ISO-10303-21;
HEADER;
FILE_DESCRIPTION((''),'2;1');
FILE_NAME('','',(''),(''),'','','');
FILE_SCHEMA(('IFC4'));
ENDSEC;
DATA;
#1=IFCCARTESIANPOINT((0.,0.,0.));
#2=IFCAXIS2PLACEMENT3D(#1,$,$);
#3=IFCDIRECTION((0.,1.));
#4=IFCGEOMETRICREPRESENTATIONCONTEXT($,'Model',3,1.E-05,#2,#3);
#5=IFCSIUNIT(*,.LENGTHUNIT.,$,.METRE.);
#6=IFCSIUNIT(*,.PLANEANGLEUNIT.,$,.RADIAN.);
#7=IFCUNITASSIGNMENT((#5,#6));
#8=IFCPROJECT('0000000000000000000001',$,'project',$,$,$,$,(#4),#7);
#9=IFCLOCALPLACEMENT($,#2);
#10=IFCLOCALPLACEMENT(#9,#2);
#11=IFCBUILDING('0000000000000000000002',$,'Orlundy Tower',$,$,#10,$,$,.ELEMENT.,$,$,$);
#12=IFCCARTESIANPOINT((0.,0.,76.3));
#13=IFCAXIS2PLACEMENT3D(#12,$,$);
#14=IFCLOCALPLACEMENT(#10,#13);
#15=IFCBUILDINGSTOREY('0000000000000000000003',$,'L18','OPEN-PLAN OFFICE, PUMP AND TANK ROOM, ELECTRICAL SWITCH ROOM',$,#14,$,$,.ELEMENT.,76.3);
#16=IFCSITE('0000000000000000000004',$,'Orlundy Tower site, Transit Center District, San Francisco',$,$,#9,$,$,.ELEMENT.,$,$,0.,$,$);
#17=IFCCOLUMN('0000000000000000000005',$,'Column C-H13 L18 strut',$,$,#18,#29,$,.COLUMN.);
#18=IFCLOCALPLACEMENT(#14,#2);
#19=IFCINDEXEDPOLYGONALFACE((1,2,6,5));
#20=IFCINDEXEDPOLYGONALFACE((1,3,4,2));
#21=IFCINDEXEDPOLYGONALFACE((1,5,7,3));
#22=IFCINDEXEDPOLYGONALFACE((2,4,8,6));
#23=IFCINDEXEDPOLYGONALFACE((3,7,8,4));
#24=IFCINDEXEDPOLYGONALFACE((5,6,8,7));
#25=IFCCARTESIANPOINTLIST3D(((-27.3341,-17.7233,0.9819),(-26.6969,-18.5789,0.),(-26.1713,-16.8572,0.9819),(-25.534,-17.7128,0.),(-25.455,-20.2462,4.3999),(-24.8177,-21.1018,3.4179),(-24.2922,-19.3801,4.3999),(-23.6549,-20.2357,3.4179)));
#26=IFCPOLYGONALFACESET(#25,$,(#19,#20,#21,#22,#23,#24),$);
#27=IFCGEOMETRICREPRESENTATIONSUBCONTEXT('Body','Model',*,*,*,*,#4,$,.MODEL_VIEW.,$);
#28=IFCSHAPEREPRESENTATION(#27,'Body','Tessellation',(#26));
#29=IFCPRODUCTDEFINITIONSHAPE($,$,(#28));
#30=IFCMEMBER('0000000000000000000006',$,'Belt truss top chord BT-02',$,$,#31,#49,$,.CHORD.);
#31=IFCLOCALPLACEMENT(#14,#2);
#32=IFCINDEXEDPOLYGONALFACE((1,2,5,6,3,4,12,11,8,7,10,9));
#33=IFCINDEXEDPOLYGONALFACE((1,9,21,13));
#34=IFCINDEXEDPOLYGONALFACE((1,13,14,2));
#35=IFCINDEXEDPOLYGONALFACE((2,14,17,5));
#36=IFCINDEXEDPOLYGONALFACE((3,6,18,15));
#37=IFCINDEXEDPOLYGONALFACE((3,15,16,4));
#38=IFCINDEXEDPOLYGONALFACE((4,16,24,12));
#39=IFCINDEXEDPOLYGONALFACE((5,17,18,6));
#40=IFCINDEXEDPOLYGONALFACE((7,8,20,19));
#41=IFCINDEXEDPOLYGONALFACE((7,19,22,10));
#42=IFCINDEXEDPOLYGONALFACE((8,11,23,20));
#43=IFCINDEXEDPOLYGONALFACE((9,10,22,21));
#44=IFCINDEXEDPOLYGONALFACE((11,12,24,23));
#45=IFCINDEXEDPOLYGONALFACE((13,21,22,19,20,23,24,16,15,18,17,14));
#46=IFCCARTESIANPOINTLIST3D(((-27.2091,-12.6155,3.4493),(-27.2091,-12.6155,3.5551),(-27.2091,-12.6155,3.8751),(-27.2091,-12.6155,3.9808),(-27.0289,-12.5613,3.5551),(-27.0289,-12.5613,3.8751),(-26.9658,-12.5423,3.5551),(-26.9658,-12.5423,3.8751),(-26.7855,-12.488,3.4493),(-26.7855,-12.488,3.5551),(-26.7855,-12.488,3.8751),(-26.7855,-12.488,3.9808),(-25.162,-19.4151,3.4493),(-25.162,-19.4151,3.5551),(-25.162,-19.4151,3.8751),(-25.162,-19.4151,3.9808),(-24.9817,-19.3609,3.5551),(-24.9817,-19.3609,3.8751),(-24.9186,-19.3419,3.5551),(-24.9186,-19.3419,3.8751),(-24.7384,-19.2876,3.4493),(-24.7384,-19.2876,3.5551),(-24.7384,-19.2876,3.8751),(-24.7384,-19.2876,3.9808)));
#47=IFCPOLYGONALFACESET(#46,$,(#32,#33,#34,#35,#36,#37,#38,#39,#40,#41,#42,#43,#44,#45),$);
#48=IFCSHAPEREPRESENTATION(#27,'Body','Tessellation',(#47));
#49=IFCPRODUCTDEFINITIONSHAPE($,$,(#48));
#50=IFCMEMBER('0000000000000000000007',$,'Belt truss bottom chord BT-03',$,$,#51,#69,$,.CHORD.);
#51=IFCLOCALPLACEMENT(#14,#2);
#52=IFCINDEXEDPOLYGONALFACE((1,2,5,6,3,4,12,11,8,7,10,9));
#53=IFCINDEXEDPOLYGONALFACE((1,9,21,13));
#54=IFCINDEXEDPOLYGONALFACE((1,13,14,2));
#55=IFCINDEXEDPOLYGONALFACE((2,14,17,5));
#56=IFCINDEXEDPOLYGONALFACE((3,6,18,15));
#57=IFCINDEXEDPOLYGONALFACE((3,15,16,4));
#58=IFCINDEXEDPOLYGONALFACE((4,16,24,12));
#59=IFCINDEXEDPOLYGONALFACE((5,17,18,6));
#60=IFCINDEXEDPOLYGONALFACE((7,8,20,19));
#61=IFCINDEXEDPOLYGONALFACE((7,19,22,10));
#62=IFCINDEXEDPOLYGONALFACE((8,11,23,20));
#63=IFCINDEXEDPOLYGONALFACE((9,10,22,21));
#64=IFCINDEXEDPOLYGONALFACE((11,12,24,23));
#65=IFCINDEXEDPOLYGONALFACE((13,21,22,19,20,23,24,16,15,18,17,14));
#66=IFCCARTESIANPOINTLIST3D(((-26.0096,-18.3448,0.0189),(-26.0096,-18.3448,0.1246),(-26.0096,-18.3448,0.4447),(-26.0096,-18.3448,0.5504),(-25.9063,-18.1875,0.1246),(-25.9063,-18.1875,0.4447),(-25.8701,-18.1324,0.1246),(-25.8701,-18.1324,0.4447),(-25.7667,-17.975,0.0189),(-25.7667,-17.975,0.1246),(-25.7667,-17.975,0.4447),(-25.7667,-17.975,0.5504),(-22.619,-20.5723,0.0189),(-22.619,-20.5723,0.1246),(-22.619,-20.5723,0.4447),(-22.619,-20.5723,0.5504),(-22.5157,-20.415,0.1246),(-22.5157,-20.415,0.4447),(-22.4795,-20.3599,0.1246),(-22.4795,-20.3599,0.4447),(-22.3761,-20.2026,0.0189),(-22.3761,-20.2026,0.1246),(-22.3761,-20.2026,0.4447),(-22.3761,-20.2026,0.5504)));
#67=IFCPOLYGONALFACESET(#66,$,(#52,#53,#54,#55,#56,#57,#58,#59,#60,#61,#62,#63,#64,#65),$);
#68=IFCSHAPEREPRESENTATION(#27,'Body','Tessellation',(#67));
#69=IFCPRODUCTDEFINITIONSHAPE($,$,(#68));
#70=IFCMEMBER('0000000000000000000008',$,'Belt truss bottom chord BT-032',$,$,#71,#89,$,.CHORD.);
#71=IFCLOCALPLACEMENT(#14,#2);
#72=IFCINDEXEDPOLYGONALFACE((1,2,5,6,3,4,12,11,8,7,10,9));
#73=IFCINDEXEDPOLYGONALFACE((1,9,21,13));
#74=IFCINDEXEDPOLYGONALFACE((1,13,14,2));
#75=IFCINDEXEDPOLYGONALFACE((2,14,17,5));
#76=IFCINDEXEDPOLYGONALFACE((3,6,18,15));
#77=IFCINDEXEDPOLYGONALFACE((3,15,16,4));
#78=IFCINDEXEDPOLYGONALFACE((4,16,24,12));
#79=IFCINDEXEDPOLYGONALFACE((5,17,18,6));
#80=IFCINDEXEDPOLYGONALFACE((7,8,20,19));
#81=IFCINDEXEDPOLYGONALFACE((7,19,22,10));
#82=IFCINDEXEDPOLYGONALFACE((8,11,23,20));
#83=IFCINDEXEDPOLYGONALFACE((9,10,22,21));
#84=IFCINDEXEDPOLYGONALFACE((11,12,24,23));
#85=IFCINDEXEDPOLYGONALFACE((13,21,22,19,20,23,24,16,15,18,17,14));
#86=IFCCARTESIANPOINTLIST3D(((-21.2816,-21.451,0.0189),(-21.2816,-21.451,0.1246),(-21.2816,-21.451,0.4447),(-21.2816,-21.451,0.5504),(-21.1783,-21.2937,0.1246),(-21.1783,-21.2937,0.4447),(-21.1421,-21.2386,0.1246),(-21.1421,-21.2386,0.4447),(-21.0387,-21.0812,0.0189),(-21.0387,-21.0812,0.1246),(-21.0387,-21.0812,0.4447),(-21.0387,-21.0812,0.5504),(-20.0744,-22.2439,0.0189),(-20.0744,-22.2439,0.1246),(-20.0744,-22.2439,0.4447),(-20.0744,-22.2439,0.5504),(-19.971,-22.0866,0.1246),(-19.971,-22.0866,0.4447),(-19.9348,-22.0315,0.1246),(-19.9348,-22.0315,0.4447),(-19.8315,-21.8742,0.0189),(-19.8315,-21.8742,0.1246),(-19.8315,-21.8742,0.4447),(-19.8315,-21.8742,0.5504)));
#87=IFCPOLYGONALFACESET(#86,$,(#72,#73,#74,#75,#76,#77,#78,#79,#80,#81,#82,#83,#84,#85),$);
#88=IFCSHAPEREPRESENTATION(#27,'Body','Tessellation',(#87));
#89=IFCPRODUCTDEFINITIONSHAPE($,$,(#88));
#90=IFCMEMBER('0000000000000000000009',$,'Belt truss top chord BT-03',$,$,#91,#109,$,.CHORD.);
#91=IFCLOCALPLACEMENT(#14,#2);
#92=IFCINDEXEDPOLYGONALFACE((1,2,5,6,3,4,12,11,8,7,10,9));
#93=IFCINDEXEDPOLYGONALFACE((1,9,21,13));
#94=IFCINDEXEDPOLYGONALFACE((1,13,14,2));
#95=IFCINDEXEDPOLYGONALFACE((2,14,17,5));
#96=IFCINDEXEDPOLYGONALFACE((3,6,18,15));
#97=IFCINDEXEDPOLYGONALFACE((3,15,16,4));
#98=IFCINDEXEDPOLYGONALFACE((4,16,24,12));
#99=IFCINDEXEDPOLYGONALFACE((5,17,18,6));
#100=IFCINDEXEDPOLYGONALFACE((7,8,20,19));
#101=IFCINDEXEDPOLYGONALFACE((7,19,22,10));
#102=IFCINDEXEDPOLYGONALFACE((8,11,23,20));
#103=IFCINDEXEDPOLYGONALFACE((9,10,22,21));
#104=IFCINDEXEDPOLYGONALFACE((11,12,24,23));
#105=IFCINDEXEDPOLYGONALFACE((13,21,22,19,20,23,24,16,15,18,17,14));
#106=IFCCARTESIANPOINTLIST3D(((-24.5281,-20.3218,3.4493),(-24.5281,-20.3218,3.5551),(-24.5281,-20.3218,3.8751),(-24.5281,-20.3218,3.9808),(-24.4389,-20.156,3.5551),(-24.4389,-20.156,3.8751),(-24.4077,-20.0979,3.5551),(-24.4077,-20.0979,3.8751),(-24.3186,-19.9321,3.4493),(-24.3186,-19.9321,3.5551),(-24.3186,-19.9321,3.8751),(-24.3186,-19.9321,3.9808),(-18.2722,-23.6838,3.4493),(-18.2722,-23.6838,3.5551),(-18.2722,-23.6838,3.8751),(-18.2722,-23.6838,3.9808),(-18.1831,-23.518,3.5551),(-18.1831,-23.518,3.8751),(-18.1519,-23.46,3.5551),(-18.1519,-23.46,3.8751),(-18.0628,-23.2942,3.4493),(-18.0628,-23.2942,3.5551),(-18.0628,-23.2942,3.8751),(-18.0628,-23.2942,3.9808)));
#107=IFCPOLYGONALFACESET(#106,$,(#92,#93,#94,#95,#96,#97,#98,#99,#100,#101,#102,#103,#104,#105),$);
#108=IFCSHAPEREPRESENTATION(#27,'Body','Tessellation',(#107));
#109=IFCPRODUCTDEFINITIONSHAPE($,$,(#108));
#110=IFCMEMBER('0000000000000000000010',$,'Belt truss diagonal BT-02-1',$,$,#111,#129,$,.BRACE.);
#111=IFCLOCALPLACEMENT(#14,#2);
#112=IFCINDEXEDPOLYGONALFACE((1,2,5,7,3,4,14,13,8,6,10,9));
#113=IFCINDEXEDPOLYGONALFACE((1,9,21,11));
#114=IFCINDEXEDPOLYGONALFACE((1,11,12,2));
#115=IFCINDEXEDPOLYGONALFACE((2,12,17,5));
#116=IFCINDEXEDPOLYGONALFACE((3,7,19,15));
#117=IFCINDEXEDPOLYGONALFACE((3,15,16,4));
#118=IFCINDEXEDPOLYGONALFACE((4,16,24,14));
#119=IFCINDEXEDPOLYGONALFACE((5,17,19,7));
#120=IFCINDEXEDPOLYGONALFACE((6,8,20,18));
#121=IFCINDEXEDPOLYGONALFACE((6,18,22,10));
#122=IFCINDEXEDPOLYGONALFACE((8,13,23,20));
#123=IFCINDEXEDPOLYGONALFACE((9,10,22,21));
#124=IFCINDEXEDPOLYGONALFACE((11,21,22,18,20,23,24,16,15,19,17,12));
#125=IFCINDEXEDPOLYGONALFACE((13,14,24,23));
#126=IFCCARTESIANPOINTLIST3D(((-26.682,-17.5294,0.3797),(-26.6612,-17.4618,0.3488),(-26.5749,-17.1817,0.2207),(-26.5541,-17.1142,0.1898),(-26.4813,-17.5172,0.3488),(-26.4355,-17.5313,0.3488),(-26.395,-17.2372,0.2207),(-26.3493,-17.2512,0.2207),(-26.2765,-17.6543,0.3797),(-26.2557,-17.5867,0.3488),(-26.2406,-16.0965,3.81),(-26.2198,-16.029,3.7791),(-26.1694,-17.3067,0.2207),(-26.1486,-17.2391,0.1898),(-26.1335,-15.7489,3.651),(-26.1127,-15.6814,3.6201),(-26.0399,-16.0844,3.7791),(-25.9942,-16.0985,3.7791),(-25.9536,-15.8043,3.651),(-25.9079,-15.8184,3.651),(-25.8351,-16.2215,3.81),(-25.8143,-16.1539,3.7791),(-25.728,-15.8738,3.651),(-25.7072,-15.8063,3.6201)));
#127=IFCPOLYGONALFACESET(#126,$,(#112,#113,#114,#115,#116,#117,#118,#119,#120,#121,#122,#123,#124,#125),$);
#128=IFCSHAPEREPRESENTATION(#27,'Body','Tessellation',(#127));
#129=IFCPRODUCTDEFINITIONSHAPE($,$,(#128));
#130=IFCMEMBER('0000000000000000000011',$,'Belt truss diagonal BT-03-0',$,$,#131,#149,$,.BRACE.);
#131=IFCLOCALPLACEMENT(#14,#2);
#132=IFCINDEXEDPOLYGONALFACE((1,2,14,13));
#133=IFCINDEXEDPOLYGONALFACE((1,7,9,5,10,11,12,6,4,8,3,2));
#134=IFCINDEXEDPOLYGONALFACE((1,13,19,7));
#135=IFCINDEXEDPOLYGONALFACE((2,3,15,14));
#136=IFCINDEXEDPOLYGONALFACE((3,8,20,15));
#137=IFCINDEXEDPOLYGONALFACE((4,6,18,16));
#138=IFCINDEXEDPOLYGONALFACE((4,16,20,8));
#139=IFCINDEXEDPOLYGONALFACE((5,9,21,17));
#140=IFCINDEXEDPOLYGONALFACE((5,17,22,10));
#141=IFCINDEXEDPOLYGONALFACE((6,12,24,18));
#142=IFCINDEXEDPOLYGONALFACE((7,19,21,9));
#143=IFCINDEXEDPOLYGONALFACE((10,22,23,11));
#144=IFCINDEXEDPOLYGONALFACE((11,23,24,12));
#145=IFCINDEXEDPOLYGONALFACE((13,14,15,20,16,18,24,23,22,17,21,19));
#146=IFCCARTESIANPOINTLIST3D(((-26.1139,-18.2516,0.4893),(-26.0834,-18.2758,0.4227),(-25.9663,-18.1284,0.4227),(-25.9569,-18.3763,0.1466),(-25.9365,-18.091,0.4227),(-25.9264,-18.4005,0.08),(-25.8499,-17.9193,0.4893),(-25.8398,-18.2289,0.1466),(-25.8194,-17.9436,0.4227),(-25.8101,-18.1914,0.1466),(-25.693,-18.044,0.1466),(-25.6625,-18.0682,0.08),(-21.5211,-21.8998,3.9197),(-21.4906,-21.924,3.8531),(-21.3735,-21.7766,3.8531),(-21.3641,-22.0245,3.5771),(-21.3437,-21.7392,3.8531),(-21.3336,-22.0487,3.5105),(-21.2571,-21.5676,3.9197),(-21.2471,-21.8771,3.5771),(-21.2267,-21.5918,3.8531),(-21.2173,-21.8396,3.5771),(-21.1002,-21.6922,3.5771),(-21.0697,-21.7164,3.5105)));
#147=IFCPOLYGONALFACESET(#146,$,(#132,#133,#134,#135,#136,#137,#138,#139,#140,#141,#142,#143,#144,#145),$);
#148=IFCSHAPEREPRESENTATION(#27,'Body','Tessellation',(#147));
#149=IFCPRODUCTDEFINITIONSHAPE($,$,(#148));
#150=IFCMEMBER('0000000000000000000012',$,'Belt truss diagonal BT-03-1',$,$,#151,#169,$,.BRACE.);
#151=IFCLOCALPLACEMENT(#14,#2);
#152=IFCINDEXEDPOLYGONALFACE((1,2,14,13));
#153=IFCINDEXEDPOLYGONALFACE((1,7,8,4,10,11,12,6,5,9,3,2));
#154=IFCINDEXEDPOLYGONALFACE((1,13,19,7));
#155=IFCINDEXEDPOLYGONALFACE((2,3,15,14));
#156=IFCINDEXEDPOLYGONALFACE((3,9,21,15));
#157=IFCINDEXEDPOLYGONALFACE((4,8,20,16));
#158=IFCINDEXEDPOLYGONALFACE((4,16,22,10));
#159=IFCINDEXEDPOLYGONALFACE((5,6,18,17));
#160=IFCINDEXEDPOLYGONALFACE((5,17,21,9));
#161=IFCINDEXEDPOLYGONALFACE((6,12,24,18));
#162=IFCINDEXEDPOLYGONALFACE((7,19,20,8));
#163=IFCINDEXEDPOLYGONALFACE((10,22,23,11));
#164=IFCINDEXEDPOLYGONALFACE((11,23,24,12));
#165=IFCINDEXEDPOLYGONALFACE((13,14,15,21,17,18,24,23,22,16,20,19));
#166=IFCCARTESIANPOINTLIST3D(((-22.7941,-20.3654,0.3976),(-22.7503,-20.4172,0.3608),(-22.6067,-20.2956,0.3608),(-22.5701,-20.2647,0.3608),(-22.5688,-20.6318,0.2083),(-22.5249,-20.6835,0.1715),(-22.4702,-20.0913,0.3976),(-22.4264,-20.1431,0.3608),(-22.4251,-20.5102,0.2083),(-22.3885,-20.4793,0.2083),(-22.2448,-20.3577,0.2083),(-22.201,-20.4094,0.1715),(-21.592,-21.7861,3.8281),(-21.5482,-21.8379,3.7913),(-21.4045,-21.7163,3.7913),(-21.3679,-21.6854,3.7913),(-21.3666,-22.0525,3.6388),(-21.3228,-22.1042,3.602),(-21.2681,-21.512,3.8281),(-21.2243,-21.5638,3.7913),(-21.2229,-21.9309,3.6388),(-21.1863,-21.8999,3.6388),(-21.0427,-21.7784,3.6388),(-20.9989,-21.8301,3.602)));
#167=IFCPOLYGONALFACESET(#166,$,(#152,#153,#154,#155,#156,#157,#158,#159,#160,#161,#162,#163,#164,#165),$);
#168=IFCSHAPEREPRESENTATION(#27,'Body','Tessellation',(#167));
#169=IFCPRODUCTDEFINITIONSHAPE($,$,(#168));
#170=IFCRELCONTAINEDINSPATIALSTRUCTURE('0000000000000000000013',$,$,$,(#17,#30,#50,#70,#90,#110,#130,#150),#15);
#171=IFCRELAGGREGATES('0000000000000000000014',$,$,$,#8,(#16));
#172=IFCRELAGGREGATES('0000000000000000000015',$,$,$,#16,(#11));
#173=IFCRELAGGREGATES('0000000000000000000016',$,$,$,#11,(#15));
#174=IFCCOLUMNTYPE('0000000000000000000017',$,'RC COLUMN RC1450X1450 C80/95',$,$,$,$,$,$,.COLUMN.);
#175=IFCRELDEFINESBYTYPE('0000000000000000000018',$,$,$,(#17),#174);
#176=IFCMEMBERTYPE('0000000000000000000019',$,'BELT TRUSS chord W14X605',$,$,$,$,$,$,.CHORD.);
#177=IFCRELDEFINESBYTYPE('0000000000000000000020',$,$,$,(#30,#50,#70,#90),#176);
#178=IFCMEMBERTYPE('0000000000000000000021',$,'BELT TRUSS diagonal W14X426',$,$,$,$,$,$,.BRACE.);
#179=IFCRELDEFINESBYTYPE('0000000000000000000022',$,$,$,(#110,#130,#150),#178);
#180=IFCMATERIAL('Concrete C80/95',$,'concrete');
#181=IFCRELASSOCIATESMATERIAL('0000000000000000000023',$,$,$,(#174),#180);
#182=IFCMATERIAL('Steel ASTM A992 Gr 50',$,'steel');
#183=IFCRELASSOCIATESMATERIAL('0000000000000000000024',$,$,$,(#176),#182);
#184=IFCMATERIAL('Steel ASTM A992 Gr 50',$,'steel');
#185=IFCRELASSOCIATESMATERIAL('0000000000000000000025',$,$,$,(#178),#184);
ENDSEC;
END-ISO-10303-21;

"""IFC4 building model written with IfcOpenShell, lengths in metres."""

from ifc_helpers import new_model, si_unit, direction, frame, origin, origin_2d, place, context, subcontext, project, spatial, rectangle, i_section, extrude, material, material_profile, profile_set, type_object, element, save


model = new_model("IFC4")

# Units and contexts
model_context = context("Model", 3, precision=1e-05, world=origin(), true_north=direction((0.0, 1.0)))
body_context = subcontext(model_context, "Body", "Model", "MODEL_VIEW")
ifc_project = project(units=[si_unit("LENGTHUNIT", "METRE"), si_unit("PLANEANGLEUNIT", "RADIAN")], contexts=[model_context])

# Site, building, storey
site_placement = place(None, origin())
site = spatial("IfcSite", under=ifc_project, at=site_placement, Name="Orlundy Tower site, Transit Center District, San Francisco", CompositionType="ELEMENT", RefElevation=0.0)
building_placement = place(site_placement, origin())
building = spatial("IfcBuilding", under=site, at=building_placement, Name="Orlundy Tower", CompositionType="ELEMENT")
storey_placement = place(building_placement, frame((0.0, 0.0, 76.3)))
storey = spatial("IfcBuildingStorey", under=building, at=storey_placement, Name="L18", Description="OPEN-PLAN OFFICE, PUMP AND TANK ROOM, ELECTRICAL SWITCH ROOM", CompositionType="ELEMENT", Elevation=76.3)

# Column
ifc_material_1 = material(Name="Concrete C80/95", Category="concrete")
ifc_material_profile_1 = material_profile(ifc_material_1, rectangle(XDim=1.45, YDim=1.45, at=origin_2d()), Name="RC1450X1450")
ifc_profile_set_1 = profile_set([ifc_material_profile_1], Name="Concrete C80/95")
column_type = type_object("IfcColumnType", Name="RC COLUMN RC1450X1450 C80/95", PredefinedType="COLUMN", material=ifc_profile_set_1)
column_placement = place(storey_placement, frame((-26.4341, -17.718, 0.491), z_axis=(0.404526, -0.543116, 0.735788), x_axis=(0.801989, 0.597339, 0.0)))
element("IfcColumn", 1, at=column_placement, inside=storey, type_object=column_type, Name="Column C-H13 L18 strut", PredefinedType="COLUMN", context=body_context, shape_type="SweptSolid", body=[
    extrude(rectangle(XDim=1.45, YDim=1.45, at=origin_2d()), origin(), (0.0, 0.0, 1.0), 4.6453),
])

# Members
ifc_material_2 = material(Name="Steel ASTM A992 Gr 50", Category="steel")
ifc_material_profile_2 = material_profile(ifc_material_2, i_section(OverallWidth=0.4424, OverallDepth=0.5315, WebThickness=0.0659, FlangeThickness=0.1057, at=origin_2d()), Name="W14X605")
ifc_profile_set_2 = profile_set([ifc_material_profile_2], Name="Steel ASTM A992 Gr 50")
member_type_1 = type_object("IfcMemberType", Name="BELT TRUSS chord W14X605", PredefinedType="CHORD", material=ifc_profile_set_2)
member_1_placement = place(storey_placement, frame((-26.9973, -12.5518, 3.7151), z_axis=(0.288285, -0.957545, 0.0), x_axis=(0.957545, 0.288285, 0.0)))
element("IfcMember", 2, at=member_1_placement, inside=storey, type_object=member_type_1, Name="Belt truss top chord BT-02", PredefinedType="CHORD", context=body_context, shape_type="SweptSolid", body=[
    extrude(i_section(OverallWidth=0.4424, OverallDepth=0.5315, WebThickness=0.0659, FlangeThickness=0.1057, at=origin_2d()), origin(), (0.0, 0.0, 1.0), 7.1011),
])
member_2_placement = place(storey_placement, frame((-25.8882, -18.1599, 0.2847), z_axis=(0.835772, -0.549077, 0.0), x_axis=(0.549077, 0.835772, 0.0)))
element("IfcMember", 3, at=member_2_placement, inside=storey, type_object=member_type_1, Name="Belt truss bottom chord BT-03", PredefinedType="CHORD", context=body_context, shape_type="SweptSolid", body=[
    extrude(i_section(OverallWidth=0.4424, OverallDepth=0.5315, WebThickness=0.0659, FlangeThickness=0.1057, at=origin_2d()), origin(), (0.0, 0.0, 1.0), 4.0569),
])
member_3_placement = place(storey_placement, frame((-21.1602, -21.2661, 0.2847), z_axis=(0.835827, -0.548992, 0.0), x_axis=(0.548992, 0.835827, 0.0)))
element("IfcMember", 4, at=member_3_placement, inside=storey, type_object=member_type_1, Name="Belt truss bottom chord BT-032", PredefinedType="CHORD", context=body_context, shape_type="SweptSolid", body=[
    extrude(i_section(OverallWidth=0.4424, OverallDepth=0.5315, WebThickness=0.0659, FlangeThickness=0.1057, at=origin_2d()), origin(), (0.0, 0.0, 1.0), 1.4443),
])
member_4_placement = place(storey_placement, frame((-24.4233, -20.127, 3.7151), z_axis=(0.880852, -0.473392, 0.0), x_axis=(0.473392, 0.880852, 0.0)))
element("IfcMember", 5, at=member_4_placement, inside=storey, type_object=member_type_1, Name="Belt truss top chord BT-03", PredefinedType="CHORD", context=body_context, shape_type="SweptSolid", body=[
    extrude(i_section(OverallWidth=0.4424, OverallDepth=0.5315, WebThickness=0.0659, FlangeThickness=0.1057, at=origin_2d()), origin(), (0.0, 0.0, 1.0), 7.1021),
])
ifc_material_3 = material(Name="Steel ASTM A992 Gr 50", Category="steel")
ifc_material_profile_3 = material_profile(ifc_material_3, i_section(OverallWidth=0.4243, OverallDepth=0.4741, WebThickness=0.0479, FlangeThickness=0.0771, at=origin_2d()), Name="W14X426")
ifc_profile_set_3 = profile_set([ifc_material_profile_3], Name="Steel ASTM A992 Gr 50")
member_type_2 = type_object("IfcMemberType", Name="BELT TRUSS diagonal W14X426", PredefinedType="BRACE", material=ifc_profile_set_3)
member_5_placement = place(storey_placement, frame((-25.9739, -15.9514, 3.7151), z_axis=(-0.117905, -0.382734, -0.916304), x_axis=(0.95568, -0.294406, 0.0)))
element("IfcMember", 6, at=member_5_placement, inside=storey, type_object=member_type_2, Name="Belt truss diagonal BT-02-1", PredefinedType="BRACE", context=body_context, shape_type="SweptSolid", body=[
    extrude(i_section(OverallWidth=0.4243, OverallDepth=0.4741, WebThickness=0.0479, FlangeThickness=0.0771, at=origin_2d()), origin(), (0.0, 0.0, 1.0), 3.7437),
])
member_6_placement = place(storey_placement, frame((-25.8882, -18.1599, 0.2847), z_axis=(0.675915, -0.536902, 0.504852), x_axis=(0.621986, 0.783029, 0.0)))
element("IfcMember", 7, at=member_6_placement, inside=storey, type_object=member_type_2, Name="Belt truss diagonal BT-03-0", PredefinedType="BRACE", context=body_context, shape_type="SweptSolid", body=[
    extrude(i_section(OverallWidth=0.4243, OverallDepth=0.4741, WebThickness=0.0479, FlangeThickness=0.0771, at=origin_2d()), origin(), (0.0, 0.0, 1.0), 6.7949),
])
member_7_placement = place(storey_placement, frame((-21.2954, -21.8081, 3.7151), z_axis=(-0.308029, 0.364017, -0.878982), x_axis=(-0.763371, -0.64596, 0.0)))
element("IfcMember", 8, at=member_7_placement, inside=storey, type_object=member_type_2, Name="Belt truss diagonal BT-03-1", PredefinedType="BRACE", context=body_context, shape_type="SweptSolid", body=[
    extrude(i_section(OverallWidth=0.4243, OverallDepth=0.4741, WebThickness=0.0479, FlangeThickness=0.0771, at=origin_2d()), origin(), (0.0, 0.0, 1.0), 3.9028),
])

save(model, "model.ifc")
